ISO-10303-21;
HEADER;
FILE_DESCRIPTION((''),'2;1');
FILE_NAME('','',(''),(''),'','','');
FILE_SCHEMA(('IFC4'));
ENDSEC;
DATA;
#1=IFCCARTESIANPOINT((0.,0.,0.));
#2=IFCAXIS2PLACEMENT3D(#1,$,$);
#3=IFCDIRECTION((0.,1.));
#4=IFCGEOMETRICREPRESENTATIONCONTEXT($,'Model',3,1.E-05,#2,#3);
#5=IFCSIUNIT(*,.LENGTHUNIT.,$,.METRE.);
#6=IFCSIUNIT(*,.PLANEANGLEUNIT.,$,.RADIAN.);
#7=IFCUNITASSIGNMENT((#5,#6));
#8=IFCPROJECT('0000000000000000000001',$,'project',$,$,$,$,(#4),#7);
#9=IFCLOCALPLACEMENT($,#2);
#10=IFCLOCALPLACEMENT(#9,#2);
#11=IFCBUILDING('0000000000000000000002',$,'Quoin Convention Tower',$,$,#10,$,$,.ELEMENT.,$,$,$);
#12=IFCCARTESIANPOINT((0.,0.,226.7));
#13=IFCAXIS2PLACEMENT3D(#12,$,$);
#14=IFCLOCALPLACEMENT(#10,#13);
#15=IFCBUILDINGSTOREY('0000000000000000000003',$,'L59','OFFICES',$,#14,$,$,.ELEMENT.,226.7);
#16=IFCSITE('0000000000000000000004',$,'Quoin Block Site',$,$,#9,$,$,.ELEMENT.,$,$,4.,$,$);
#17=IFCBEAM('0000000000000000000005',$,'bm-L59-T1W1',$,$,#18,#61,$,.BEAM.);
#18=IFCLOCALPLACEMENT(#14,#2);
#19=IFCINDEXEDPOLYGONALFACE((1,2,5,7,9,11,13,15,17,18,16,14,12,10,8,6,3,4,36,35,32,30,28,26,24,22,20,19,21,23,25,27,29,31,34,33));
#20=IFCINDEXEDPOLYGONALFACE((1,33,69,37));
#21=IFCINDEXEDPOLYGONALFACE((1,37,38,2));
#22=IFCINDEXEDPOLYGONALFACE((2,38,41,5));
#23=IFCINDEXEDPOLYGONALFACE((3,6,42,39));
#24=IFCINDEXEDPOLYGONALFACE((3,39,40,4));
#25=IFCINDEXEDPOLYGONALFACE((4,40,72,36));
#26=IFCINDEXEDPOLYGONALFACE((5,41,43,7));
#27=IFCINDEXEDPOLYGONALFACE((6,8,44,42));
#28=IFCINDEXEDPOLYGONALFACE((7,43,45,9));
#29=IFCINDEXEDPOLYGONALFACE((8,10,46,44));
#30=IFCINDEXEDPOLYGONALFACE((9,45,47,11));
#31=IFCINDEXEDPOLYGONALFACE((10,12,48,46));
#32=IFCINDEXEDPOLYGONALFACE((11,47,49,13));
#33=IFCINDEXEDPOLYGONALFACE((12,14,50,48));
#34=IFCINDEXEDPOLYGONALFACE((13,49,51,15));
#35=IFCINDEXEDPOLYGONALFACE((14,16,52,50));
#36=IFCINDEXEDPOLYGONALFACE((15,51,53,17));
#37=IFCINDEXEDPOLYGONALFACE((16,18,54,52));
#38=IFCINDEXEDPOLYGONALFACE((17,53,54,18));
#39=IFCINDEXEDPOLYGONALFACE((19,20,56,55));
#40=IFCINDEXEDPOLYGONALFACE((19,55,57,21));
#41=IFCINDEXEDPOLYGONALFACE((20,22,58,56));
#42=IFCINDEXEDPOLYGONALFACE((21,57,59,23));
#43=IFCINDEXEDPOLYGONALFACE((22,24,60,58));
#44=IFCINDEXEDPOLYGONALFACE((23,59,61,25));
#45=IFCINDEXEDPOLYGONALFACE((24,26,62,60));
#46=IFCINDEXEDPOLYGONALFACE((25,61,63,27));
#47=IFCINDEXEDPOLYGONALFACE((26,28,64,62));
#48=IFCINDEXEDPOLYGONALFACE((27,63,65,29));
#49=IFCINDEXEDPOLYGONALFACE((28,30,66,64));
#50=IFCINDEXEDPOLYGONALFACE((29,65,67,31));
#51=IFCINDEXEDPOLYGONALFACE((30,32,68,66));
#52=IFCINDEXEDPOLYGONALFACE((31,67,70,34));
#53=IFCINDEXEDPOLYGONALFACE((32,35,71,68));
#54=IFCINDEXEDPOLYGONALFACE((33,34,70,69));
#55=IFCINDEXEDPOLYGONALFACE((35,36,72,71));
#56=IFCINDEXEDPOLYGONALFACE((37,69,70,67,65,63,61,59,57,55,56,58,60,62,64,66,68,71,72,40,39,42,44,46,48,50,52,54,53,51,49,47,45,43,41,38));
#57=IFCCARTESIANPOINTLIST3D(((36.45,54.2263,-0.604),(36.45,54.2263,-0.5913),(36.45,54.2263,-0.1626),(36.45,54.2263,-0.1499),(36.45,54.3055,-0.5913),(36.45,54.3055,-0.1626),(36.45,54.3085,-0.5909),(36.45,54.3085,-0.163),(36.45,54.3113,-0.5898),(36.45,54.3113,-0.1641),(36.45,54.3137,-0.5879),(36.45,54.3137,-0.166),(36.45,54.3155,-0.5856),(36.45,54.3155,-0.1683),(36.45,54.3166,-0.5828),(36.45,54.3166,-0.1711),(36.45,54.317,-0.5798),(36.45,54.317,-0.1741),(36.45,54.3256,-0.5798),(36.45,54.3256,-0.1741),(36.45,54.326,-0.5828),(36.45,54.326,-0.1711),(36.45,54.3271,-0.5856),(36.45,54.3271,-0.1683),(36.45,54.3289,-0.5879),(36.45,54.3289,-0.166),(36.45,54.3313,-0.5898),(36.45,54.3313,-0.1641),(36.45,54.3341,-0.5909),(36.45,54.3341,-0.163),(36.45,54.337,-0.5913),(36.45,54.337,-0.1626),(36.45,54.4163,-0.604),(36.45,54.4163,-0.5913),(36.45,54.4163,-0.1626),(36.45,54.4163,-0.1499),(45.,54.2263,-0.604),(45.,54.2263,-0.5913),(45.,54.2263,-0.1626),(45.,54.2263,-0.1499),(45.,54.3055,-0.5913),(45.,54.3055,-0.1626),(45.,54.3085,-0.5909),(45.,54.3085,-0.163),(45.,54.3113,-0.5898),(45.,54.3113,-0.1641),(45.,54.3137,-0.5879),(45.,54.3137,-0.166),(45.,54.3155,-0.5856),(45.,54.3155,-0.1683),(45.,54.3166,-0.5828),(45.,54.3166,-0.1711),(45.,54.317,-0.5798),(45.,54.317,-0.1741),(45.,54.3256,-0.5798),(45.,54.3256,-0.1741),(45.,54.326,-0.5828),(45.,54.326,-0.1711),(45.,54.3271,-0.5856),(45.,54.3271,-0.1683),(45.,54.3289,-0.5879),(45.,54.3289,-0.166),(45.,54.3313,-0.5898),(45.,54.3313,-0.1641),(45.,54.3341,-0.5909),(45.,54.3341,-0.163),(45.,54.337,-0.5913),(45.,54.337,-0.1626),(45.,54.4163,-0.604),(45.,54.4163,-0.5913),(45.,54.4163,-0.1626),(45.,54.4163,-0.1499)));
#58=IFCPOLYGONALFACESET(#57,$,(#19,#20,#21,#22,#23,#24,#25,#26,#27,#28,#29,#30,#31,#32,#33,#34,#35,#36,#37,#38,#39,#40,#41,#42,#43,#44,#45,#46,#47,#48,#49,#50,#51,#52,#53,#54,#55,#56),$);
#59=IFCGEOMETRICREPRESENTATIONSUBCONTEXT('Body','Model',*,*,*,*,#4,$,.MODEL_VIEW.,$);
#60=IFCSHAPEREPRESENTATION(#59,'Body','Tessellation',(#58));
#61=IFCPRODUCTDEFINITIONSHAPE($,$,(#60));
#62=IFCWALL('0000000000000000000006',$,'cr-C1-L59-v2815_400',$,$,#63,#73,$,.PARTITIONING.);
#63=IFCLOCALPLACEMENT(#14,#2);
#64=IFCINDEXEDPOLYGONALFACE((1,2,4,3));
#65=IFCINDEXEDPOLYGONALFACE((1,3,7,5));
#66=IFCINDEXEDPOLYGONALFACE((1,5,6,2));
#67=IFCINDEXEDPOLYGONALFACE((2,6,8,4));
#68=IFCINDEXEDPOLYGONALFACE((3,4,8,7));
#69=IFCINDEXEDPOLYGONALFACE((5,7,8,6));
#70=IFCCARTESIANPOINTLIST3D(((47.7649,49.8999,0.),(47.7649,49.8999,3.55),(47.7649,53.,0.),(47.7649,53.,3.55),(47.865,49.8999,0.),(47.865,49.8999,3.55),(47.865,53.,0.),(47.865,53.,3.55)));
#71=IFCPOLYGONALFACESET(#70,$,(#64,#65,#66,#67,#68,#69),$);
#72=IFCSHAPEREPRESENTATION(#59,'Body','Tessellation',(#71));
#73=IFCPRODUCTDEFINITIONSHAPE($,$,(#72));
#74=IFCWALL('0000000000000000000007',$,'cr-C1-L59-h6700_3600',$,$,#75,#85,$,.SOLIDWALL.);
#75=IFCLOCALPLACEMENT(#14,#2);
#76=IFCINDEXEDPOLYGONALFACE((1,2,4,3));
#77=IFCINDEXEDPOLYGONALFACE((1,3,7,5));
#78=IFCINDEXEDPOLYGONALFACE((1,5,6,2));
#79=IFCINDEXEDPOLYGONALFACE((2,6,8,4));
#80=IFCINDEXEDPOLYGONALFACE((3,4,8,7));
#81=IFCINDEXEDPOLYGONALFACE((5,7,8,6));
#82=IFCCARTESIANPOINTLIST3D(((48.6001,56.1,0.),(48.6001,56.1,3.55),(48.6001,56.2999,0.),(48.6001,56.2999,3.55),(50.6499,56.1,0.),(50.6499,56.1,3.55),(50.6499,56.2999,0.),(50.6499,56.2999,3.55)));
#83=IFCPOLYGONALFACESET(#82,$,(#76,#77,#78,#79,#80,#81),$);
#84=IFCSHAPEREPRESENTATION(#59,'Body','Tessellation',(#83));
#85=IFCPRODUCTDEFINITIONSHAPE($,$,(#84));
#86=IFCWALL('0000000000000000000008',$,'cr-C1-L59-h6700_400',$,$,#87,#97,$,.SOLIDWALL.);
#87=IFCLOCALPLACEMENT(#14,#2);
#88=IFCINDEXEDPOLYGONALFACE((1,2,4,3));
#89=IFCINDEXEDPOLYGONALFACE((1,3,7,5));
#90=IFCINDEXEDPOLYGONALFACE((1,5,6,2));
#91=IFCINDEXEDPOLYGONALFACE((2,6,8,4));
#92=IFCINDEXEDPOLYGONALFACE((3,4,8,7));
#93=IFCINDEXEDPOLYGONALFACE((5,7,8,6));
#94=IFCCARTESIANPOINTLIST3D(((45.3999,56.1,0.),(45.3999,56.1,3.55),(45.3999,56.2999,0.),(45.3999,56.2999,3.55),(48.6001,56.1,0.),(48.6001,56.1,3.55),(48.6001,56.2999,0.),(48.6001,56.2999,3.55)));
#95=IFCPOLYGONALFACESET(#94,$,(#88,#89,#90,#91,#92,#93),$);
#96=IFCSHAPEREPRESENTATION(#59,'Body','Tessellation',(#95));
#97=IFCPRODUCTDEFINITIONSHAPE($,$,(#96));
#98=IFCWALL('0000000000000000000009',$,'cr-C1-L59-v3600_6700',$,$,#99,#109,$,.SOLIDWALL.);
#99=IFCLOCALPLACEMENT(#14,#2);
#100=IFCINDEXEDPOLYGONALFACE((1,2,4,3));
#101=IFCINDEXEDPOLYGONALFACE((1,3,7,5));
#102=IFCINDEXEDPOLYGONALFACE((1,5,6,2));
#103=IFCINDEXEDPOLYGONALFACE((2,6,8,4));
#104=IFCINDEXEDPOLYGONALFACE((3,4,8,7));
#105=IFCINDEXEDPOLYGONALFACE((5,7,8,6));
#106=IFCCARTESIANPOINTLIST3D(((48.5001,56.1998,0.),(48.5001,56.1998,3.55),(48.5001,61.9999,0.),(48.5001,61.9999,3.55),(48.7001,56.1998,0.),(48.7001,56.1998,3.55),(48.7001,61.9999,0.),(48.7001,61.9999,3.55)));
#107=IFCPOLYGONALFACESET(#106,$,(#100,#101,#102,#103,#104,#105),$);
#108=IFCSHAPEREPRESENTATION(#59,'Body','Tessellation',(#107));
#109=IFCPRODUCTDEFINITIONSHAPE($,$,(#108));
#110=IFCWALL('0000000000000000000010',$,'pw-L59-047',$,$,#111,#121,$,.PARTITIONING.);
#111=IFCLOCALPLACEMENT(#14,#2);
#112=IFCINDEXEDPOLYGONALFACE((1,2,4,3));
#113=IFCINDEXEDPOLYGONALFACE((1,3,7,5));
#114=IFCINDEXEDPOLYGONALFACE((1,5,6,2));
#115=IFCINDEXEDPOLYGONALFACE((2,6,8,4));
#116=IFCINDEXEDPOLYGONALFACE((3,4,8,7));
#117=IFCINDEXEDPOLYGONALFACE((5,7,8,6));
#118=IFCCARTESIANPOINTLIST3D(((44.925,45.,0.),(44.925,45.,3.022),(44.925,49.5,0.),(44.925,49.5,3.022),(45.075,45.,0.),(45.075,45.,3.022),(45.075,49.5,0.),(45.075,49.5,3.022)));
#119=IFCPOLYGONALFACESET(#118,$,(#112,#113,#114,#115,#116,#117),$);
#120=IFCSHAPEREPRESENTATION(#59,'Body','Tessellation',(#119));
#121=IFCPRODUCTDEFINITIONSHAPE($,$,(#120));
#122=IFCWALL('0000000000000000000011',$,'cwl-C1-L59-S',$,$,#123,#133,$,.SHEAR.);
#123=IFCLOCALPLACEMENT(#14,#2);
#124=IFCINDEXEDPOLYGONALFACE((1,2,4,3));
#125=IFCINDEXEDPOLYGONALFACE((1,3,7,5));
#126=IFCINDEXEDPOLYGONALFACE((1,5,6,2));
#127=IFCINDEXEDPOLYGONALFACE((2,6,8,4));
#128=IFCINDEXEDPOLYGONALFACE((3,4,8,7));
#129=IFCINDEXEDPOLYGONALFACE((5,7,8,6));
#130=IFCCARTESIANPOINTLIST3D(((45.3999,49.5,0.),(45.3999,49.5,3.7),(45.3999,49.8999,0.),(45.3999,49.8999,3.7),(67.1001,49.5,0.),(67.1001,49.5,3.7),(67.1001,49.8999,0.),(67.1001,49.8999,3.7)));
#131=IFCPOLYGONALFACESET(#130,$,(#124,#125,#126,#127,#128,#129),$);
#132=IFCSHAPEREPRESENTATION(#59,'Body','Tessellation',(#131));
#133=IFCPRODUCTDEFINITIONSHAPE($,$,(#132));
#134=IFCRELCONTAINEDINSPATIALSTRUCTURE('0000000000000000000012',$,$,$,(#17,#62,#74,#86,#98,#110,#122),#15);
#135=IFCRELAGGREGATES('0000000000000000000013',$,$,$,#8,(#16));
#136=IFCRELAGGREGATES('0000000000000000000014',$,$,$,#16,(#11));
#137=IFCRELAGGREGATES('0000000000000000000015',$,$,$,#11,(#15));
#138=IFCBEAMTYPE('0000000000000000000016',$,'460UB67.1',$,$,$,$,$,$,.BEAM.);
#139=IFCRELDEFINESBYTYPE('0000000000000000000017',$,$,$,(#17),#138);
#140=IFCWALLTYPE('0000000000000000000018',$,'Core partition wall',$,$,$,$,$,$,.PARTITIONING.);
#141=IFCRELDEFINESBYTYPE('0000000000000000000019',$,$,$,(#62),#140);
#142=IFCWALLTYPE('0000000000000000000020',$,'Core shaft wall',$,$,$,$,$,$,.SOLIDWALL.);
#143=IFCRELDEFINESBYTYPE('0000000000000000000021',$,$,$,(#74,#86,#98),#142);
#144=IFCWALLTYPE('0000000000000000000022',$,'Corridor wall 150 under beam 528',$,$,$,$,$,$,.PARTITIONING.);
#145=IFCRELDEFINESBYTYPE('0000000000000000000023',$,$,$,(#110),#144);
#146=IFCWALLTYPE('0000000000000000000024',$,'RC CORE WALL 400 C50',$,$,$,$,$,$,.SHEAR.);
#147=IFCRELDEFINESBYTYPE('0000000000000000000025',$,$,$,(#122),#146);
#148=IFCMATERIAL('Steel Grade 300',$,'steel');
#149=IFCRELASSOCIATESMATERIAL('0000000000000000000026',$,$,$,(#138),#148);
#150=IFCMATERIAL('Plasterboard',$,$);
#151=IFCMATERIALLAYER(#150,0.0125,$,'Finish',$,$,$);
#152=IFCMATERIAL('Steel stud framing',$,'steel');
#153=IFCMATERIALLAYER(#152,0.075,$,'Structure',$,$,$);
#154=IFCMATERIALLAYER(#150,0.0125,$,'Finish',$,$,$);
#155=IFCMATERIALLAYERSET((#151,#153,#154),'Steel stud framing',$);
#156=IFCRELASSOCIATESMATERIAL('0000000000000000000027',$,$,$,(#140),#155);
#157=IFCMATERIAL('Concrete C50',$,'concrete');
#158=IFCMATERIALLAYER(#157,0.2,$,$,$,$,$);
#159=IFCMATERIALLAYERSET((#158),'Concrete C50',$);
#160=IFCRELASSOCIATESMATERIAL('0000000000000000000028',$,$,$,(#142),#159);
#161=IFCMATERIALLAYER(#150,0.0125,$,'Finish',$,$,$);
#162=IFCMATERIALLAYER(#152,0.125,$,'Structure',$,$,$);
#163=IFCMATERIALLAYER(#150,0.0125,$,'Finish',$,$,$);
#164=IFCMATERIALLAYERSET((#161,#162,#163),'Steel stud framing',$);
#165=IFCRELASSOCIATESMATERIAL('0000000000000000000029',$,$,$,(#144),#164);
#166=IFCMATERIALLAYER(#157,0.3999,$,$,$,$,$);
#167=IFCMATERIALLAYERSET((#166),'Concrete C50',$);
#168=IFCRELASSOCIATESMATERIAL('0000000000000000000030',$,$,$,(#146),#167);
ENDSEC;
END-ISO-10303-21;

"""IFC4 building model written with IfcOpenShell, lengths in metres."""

from ifc_helpers import new_model, si_unit, direction, frame, frame_2d, origin, origin_2d, place, context, subcontext, project, spatial, rectangle, i_section, extrude, material, layer, layer_set, material_profile, profile_set, type_object, element, save


model = new_model("IFC4")

# Units and contexts
model_context = context("Model", 3, precision=1e-05, world=origin(), true_north=direction((0.0, 1.0)))
body_context = subcontext(model_context, "Body", "Model", "MODEL_VIEW")
ifc_project = project(units=[si_unit("LENGTHUNIT", "METRE"), si_unit("PLANEANGLEUNIT", "RADIAN")], contexts=[model_context])

# Site, building, storey
site_placement = place(None, origin())
site = spatial("IfcSite", under=ifc_project, at=site_placement, Name="Quoin Block Site", CompositionType="ELEMENT", RefElevation=4.0)
building_placement = place(site_placement, origin())
building = spatial("IfcBuilding", under=site, at=building_placement, Name="Quoin Convention Tower", CompositionType="ELEMENT")
storey_placement = place(building_placement, frame((0.0, 0.0, 226.7)))
storey = spatial("IfcBuildingStorey", under=building, at=storey_placement, Name="L59", Description="OFFICES", CompositionType="ELEMENT", Elevation=226.7)

# Beam
ifc_material_1 = material(Name="Steel Grade 300", Category="steel")
ifc_material_profile = material_profile(ifc_material_1, i_section(OverallWidth=0.1899, OverallDepth=0.4541, WebThickness=0.0085, FlangeThickness=0.0127, FilletRadius=0.0115, at=origin_2d()), Name="460UB67.1")
ifc_profile_set = profile_set([ifc_material_profile], Name="Steel Grade 300")
beam_type = type_object("IfcBeamType", Name="460UB67.1", PredefinedType="BEAM", material=ifc_profile_set)
beam_placement = place(storey_placement, frame((36.45, 54.3213, -0.377), z_axis=(1.0, 0.0, 0.0), x_axis=(0.0, 1.0, 0.0)))
element("IfcBeam", 1, at=beam_placement, inside=storey, type_object=beam_type, Name="bm-L59-T1W1", PredefinedType="BEAM", context=body_context, shape_type="SweptSolid", body=[
    extrude(i_section(OverallWidth=0.1899, OverallDepth=0.4541, WebThickness=0.0085, FlangeThickness=0.0127, FilletRadius=0.0115, at=origin_2d()), origin(), (0.0, 0.0, 1.0), 8.55),
])

# Shared definitions
ifc_material_2 = material(Name="Plasterboard")
ifc_layer_1 = layer(ifc_material_2, 0.0125, Name="Finish")
ifc_material_3 = material(Name="Steel stud framing", Category="steel")
ifc_layer_2 = layer(ifc_material_3, 0.075, Name="Structure")
ifc_layer_3 = layer(ifc_material_2, 0.0125, Name="Finish")
ifc_layer_set_1 = layer_set([ifc_layer_1, ifc_layer_2, ifc_layer_3], Name="Steel stud framing")
wall_type_1 = type_object("IfcWallType", Name="Core partition wall", PredefinedType="PARTITIONING", material=ifc_layer_set_1)

# Walls
wall_1_placement = place(storey_placement, frame((47.8149, 49.8999, 0.0), z_axis=(0.0, 0.0, 1.0), x_axis=(0.0, 1.0, 0.0)))
element("IfcWall", 2, at=wall_1_placement, inside=storey, type_object=wall_type_1, Name="cr-C1-L59-v2815_400", PredefinedType="PARTITIONING", context=body_context, shape_type="SweptSolid", body=[
    extrude(rectangle(XDim=3.1001, YDim=0.1001, at=frame_2d((1.55, 0.0))), origin(), (0.0, 0.0, 1.0), 3.55),
])
ifc_material_4 = material(Name="Concrete C50", Category="concrete")
ifc_layer_4 = layer(ifc_material_4, 0.2)
ifc_layer_set_2 = layer_set([ifc_layer_4], Name="Concrete C50")
wall_type_2 = type_object("IfcWallType", Name="Core shaft wall", PredefinedType="SOLIDWALL", material=ifc_layer_set_2)
wall_2_placement = place(storey_placement, frame((48.6001, 56.2, 0.0), z_axis=(0.0, 0.0, 1.0), x_axis=(1.0, 0.0, 0.0)))
element("IfcWall", 3, at=wall_2_placement, inside=storey, type_object=wall_type_2, Name="cr-C1-L59-h6700_3600", PredefinedType="SOLIDWALL", context=body_context, shape_type="SweptSolid", body=[
    extrude(rectangle(XDim=2.0498, YDim=0.2, at=frame_2d((1.0249, 0.0))), origin(), (0.0, 0.0, 1.0), 3.55),
])
wall_3_placement = place(storey_placement, frame((45.3999, 56.2, 0.0), z_axis=(0.0, 0.0, 1.0), x_axis=(1.0, 0.0, 0.0)))
element("IfcWall", 4, at=wall_3_placement, inside=storey, type_object=wall_type_2, Name="cr-C1-L59-h6700_400", PredefinedType="SOLIDWALL", context=body_context, shape_type="SweptSolid", body=[
    extrude(rectangle(XDim=3.2002, YDim=0.2, at=frame_2d((1.6001, 0.0))), origin(), (0.0, 0.0, 1.0), 3.55),
])
wall_4_placement = place(storey_placement, frame((48.6001, 56.2, 0.0), z_axis=(0.0, 0.0, 1.0), x_axis=(0.0, 1.0, 0.0)))
element("IfcWall", 5, at=wall_4_placement, inside=storey, type_object=wall_type_2, Name="cr-C1-L59-v3600_6700", PredefinedType="SOLIDWALL", context=body_context, shape_type="SweptSolid", body=[
    extrude(rectangle(XDim=5.8, YDim=0.2, at=frame_2d((2.8999, 0.0))), origin(), (0.0, 0.0, 1.0), 3.55),
])
ifc_layer_5 = layer(ifc_material_2, 0.0125, Name="Finish")
ifc_layer_6 = layer(ifc_material_3, 0.125, Name="Structure")
ifc_layer_7 = layer(ifc_material_2, 0.0125, Name="Finish")
ifc_layer_set_3 = layer_set([ifc_layer_5, ifc_layer_6, ifc_layer_7], Name="Steel stud framing")
wall_type_3 = type_object("IfcWallType", Name="Corridor wall 150 under beam 528", PredefinedType="PARTITIONING", material=ifc_layer_set_3)
wall_5_placement = place(storey_placement, frame((45.0, 45.0, 0.0), z_axis=(0.0, 0.0, 1.0), x_axis=(0.0, 1.0, 0.0)))
element("IfcWall", 6, at=wall_5_placement, inside=storey, type_object=wall_type_3, Name="pw-L59-047", PredefinedType="PARTITIONING", context=body_context, shape_type="SweptSolid", body=[
    extrude(rectangle(XDim=4.5, YDim=0.1499, at=frame_2d((2.25, 0.0))), origin(), (0.0, 0.0, 1.0), 3.022),
])
ifc_layer_8 = layer(ifc_material_4, 0.3999)
ifc_layer_set_4 = layer_set([ifc_layer_8], Name="Concrete C50")
wall_type_4 = type_object("IfcWallType", Name="RC CORE WALL 400 C50", PredefinedType="SHEAR", material=ifc_layer_set_4)
wall_6_placement = place(storey_placement, frame((45.3999, 49.7, 0.0), z_axis=(0.0, 0.0, 1.0), x_axis=(1.0, 0.0, 0.0)))
element("IfcWall", 7, at=wall_6_placement, inside=storey, type_object=wall_type_4, Name="cwl-C1-L59-S", PredefinedType="SHEAR", context=body_context, shape_type="SweptSolid", body=[
    extrude(rectangle(XDim=21.7002, YDim=0.3999, at=frame_2d((10.8501, 0.0))), origin(), (0.0, 0.0, 1.0), 3.7),
])

save(model, "model.ifc")
